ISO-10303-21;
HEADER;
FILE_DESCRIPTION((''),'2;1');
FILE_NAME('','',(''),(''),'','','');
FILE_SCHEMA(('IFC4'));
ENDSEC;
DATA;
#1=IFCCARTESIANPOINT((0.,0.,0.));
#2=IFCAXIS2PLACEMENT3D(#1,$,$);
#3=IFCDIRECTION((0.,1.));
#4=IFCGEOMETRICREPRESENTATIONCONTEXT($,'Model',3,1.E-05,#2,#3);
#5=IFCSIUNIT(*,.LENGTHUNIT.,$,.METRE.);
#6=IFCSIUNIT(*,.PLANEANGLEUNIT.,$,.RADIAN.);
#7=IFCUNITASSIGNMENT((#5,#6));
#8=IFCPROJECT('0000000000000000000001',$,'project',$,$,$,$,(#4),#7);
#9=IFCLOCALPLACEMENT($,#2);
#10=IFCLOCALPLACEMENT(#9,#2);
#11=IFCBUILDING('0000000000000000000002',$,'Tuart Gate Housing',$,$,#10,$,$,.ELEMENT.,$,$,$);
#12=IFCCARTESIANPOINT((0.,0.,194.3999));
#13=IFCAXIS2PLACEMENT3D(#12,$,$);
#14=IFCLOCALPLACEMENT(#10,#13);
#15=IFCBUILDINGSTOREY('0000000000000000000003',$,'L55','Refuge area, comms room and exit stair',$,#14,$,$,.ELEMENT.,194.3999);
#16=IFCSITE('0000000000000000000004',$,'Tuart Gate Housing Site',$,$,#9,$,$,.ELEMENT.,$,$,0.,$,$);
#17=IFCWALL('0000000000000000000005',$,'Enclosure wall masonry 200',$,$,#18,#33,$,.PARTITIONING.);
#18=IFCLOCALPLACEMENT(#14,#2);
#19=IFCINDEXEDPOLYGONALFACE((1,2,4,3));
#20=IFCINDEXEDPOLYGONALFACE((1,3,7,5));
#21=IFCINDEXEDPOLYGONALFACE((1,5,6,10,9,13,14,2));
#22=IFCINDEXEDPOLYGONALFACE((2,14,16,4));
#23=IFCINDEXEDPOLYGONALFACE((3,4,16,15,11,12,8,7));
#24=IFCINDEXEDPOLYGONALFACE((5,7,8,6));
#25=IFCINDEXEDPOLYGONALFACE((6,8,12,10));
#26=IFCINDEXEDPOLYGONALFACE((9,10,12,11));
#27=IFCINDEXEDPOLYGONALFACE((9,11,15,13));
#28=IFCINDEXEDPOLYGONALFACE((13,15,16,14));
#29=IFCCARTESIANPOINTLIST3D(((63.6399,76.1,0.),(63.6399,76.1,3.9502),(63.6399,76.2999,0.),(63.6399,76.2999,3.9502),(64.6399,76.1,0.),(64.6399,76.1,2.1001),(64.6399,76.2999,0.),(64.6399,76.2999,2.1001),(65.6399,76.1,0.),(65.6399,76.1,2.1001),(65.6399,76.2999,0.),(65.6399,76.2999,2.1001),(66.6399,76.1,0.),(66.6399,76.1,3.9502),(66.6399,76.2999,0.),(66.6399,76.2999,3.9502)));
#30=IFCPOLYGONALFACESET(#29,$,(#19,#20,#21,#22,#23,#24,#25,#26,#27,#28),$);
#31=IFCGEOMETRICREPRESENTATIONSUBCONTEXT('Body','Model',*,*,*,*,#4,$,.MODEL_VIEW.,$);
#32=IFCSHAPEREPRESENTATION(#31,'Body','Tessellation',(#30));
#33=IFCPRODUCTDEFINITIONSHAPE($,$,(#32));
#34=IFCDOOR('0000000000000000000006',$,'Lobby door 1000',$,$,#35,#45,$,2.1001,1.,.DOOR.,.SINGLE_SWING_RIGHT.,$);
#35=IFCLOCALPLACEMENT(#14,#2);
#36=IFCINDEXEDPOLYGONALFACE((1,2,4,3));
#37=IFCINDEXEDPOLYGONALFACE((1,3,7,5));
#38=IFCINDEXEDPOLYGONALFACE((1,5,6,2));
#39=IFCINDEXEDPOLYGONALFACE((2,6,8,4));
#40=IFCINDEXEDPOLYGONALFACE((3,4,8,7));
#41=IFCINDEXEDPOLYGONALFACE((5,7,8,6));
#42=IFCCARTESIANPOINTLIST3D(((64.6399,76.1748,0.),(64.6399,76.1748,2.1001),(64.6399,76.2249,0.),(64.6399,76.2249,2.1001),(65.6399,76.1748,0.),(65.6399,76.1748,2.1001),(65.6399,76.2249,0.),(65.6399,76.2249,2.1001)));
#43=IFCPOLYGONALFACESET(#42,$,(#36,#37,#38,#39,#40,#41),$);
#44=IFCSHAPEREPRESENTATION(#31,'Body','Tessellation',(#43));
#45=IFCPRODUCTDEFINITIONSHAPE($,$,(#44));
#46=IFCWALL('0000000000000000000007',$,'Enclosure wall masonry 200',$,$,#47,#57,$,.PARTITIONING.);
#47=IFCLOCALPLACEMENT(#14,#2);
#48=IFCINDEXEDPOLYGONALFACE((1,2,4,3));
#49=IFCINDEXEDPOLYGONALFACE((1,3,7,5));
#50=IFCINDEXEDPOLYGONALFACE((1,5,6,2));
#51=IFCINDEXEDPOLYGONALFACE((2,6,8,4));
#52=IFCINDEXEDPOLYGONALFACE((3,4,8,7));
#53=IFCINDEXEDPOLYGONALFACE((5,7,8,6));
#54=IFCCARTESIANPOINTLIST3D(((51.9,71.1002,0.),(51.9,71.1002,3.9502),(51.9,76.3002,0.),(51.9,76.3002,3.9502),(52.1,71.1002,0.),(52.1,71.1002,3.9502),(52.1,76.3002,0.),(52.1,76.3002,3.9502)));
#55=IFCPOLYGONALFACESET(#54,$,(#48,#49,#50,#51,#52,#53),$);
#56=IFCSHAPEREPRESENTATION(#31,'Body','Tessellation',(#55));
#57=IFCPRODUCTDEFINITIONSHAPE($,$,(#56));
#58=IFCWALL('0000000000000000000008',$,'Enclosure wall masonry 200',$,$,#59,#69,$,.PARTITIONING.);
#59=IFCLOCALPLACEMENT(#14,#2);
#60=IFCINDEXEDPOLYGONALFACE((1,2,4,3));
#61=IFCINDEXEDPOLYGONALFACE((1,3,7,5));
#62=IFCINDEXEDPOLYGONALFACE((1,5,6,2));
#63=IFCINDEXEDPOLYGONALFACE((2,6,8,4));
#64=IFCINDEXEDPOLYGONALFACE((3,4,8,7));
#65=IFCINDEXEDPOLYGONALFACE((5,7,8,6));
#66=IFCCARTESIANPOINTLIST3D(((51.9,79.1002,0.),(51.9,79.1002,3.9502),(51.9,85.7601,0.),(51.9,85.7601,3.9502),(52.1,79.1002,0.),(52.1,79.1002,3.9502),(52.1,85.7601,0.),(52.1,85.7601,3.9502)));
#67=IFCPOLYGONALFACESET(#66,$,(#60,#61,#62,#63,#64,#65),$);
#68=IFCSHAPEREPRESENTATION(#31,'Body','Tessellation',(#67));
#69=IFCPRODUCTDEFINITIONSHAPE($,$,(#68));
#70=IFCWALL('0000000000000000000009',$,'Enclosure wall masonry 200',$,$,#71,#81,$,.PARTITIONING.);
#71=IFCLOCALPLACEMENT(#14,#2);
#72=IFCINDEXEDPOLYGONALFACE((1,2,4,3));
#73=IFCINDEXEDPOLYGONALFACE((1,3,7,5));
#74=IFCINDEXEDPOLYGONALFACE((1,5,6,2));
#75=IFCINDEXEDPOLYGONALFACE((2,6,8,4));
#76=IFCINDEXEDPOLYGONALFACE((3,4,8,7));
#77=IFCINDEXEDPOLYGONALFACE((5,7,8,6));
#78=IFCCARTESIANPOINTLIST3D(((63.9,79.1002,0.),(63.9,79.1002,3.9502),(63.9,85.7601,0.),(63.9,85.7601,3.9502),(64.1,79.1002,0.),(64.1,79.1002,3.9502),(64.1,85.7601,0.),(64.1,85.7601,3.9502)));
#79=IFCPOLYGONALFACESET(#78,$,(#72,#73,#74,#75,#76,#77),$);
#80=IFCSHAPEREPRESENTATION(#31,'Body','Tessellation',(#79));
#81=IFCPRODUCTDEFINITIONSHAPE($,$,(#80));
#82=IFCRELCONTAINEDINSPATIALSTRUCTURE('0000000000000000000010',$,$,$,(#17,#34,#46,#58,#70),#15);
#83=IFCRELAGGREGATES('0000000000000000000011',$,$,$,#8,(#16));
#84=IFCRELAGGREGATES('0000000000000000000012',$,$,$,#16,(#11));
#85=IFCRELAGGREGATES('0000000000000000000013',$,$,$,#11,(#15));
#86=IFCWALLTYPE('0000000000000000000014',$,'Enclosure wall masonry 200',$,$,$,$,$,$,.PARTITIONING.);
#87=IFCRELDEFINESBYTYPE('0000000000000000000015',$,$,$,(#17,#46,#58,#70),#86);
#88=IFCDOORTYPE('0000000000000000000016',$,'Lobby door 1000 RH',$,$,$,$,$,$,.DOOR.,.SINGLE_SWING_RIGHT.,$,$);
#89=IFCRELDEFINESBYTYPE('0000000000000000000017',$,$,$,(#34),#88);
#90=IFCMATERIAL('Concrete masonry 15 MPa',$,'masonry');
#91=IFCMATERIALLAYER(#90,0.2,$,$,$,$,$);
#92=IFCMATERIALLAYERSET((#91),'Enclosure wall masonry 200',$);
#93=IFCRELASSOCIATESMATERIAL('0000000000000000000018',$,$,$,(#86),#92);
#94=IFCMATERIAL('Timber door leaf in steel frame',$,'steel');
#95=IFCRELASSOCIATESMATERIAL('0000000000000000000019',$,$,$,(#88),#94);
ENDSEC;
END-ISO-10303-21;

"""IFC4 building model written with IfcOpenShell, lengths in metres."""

from ifc_helpers import new_model, si_unit, direction, frame, frame_2d, origin, place, context, subcontext, project, spatial, rectangle, extrude, material, layer, layer_set, type_object, element, fill, save


model = new_model("IFC4")

# Units and contexts
model_context = context("Model", 3, precision=1e-05, world=origin(), true_north=direction((0.0, 1.0)))
body_context = subcontext(model_context, "Body", "Model", "MODEL_VIEW")
ifc_project = project(units=[si_unit("LENGTHUNIT", "METRE"), si_unit("PLANEANGLEUNIT", "RADIAN")], contexts=[model_context])

# Site, building, storey
site_placement = place(None, origin())
site = spatial("IfcSite", under=ifc_project, at=site_placement, Name="Tuart Gate Housing Site", CompositionType="ELEMENT", RefElevation=0.0)
building_placement = place(site_placement, origin())
building = spatial("IfcBuilding", under=site, at=building_placement, Name="Tuart Gate Housing", CompositionType="ELEMENT")
storey_placement = place(building_placement, frame((0.0, 0.0, 194.3999)))
storey = spatial("IfcBuildingStorey", under=building, at=storey_placement, Name="L55", Description="Refuge area, comms room and exit stair", CompositionType="ELEMENT", Elevation=194.3999)

# Shared definitions
ifc_material_1 = material(Name="Concrete masonry 15 MPa", Category="masonry")
ifc_layer = layer(ifc_material_1, 0.2)
ifc_layer_set = layer_set([ifc_layer], Name="Enclosure wall masonry 200")
wall_type = type_object("IfcWallType", Name="Enclosure wall masonry 200", PredefinedType="PARTITIONING", material=ifc_layer_set)

# Wall, opening, door
wall_1_placement = place(storey_placement, frame((63.6399, 76.2, 0.0), z_axis=(0.0, 0.0, 1.0), x_axis=(1.0, 0.0, 0.0)))
wall_1 = element("IfcWall", 1, at=wall_1_placement, inside=storey, type_object=wall_type, Name="Enclosure wall masonry 200", PredefinedType="PARTITIONING", context=body_context, shape_type="SweptSolid", body=[
    extrude(rectangle(XDim=3.0, YDim=0.2, at=frame_2d((1.5, 0.0))), origin(), (0.0, 0.0, 1.0), 3.9502),
])
opening_1_placement = place(wall_1_placement, frame((1.0, 0.0, 0.0)))
opening_1 = element("IfcOpeningElement", 2, at=opening_1_placement, cuts=wall_1, PredefinedType="OPENING", context=body_context, shape_type="SweptSolid", body=[
    extrude(rectangle(XDim=1.0, YDim=2.1001, at=frame_2d((0.5, 1.05))), frame((0.0, 0.1099, 0.0), z_axis=(0.0, -1.0, 0.0), x_axis=(1.0, 0.0, 0.0)), (0.0, 0.0, 1.0), 0.22),
])
ifc_material_2 = material(Name="Timber door leaf in steel frame", Category="steel")
door_type_1 = type_object("IfcDoorType", Name="Lobby door 1000 RH", OperationType="SINGLE_SWING_RIGHT", PredefinedType="DOOR", material=ifc_material_2)
door_1_placement = place(opening_1_placement, frame((1.0, 0.0, 0.0), z_axis=(0.0, 0.0, 1.0), x_axis=(-1.0, 0.0, 0.0)))
door_1 = element("IfcDoor", 3, at=door_1_placement, inside=storey, type_object=door_type_1, Name="Lobby door 1000", OperationType="SINGLE_SWING_RIGHT", OverallHeight=2.1001, OverallWidth=1.0, PredefinedType="DOOR", context=body_context, shape_type="SweptSolid", body=[
    extrude(rectangle(XDim=1.0, YDim=2.1001, at=frame_2d((0.5, 1.05))), frame((0.0, 0.0251, 0.0), z_axis=(0.0, -1.0, 0.0), x_axis=(1.0, 0.0, 0.0)), (0.0, 0.0, 1.0), 0.05),
])
fill(opening_1, door_1)

# Walls
wall_2_placement = place(storey_placement, frame((52.0, 71.1001, 0.0), z_axis=(0.0, 0.0, 1.0), x_axis=(0.0, 1.0, 0.0)))
element("IfcWall", 4, at=wall_2_placement, inside=storey, type_object=wall_type, Name="Enclosure wall masonry 200", PredefinedType="PARTITIONING", context=body_context, shape_type="SweptSolid", body=[
    extrude(rectangle(XDim=5.2, YDim=0.2, at=frame_2d((2.6001, 0.0))), origin(), (0.0, 0.0, 1.0), 3.9502),
])
for number, where, z_axis, x_axis, name in (
    (5, (52.0, 79.1001, 0.0), (0.0, 0.0, 1.0), (0.0, 1.0, 0.0), "Enclosure wall masonry 200"),
    (6, (64.0, 79.1001, 0.0), (0.0, 0.0, 1.0), (0.0, 1.0, 0.0), "Enclosure wall masonry 200"),
):
    element("IfcWall", number, at=place(storey_placement, frame(where, z_axis=z_axis, x_axis=x_axis)), inside=storey, type_object=wall_type, Name=name, PredefinedType="PARTITIONING", context=body_context, shape_type="SweptSolid", body=[
        extrude(rectangle(XDim=6.6599, YDim=0.2, at=frame_2d((3.3301, 0.0))), origin(), (0.0, 0.0, 1.0), 3.9502),
    ])

save(model, "model.ifc")
